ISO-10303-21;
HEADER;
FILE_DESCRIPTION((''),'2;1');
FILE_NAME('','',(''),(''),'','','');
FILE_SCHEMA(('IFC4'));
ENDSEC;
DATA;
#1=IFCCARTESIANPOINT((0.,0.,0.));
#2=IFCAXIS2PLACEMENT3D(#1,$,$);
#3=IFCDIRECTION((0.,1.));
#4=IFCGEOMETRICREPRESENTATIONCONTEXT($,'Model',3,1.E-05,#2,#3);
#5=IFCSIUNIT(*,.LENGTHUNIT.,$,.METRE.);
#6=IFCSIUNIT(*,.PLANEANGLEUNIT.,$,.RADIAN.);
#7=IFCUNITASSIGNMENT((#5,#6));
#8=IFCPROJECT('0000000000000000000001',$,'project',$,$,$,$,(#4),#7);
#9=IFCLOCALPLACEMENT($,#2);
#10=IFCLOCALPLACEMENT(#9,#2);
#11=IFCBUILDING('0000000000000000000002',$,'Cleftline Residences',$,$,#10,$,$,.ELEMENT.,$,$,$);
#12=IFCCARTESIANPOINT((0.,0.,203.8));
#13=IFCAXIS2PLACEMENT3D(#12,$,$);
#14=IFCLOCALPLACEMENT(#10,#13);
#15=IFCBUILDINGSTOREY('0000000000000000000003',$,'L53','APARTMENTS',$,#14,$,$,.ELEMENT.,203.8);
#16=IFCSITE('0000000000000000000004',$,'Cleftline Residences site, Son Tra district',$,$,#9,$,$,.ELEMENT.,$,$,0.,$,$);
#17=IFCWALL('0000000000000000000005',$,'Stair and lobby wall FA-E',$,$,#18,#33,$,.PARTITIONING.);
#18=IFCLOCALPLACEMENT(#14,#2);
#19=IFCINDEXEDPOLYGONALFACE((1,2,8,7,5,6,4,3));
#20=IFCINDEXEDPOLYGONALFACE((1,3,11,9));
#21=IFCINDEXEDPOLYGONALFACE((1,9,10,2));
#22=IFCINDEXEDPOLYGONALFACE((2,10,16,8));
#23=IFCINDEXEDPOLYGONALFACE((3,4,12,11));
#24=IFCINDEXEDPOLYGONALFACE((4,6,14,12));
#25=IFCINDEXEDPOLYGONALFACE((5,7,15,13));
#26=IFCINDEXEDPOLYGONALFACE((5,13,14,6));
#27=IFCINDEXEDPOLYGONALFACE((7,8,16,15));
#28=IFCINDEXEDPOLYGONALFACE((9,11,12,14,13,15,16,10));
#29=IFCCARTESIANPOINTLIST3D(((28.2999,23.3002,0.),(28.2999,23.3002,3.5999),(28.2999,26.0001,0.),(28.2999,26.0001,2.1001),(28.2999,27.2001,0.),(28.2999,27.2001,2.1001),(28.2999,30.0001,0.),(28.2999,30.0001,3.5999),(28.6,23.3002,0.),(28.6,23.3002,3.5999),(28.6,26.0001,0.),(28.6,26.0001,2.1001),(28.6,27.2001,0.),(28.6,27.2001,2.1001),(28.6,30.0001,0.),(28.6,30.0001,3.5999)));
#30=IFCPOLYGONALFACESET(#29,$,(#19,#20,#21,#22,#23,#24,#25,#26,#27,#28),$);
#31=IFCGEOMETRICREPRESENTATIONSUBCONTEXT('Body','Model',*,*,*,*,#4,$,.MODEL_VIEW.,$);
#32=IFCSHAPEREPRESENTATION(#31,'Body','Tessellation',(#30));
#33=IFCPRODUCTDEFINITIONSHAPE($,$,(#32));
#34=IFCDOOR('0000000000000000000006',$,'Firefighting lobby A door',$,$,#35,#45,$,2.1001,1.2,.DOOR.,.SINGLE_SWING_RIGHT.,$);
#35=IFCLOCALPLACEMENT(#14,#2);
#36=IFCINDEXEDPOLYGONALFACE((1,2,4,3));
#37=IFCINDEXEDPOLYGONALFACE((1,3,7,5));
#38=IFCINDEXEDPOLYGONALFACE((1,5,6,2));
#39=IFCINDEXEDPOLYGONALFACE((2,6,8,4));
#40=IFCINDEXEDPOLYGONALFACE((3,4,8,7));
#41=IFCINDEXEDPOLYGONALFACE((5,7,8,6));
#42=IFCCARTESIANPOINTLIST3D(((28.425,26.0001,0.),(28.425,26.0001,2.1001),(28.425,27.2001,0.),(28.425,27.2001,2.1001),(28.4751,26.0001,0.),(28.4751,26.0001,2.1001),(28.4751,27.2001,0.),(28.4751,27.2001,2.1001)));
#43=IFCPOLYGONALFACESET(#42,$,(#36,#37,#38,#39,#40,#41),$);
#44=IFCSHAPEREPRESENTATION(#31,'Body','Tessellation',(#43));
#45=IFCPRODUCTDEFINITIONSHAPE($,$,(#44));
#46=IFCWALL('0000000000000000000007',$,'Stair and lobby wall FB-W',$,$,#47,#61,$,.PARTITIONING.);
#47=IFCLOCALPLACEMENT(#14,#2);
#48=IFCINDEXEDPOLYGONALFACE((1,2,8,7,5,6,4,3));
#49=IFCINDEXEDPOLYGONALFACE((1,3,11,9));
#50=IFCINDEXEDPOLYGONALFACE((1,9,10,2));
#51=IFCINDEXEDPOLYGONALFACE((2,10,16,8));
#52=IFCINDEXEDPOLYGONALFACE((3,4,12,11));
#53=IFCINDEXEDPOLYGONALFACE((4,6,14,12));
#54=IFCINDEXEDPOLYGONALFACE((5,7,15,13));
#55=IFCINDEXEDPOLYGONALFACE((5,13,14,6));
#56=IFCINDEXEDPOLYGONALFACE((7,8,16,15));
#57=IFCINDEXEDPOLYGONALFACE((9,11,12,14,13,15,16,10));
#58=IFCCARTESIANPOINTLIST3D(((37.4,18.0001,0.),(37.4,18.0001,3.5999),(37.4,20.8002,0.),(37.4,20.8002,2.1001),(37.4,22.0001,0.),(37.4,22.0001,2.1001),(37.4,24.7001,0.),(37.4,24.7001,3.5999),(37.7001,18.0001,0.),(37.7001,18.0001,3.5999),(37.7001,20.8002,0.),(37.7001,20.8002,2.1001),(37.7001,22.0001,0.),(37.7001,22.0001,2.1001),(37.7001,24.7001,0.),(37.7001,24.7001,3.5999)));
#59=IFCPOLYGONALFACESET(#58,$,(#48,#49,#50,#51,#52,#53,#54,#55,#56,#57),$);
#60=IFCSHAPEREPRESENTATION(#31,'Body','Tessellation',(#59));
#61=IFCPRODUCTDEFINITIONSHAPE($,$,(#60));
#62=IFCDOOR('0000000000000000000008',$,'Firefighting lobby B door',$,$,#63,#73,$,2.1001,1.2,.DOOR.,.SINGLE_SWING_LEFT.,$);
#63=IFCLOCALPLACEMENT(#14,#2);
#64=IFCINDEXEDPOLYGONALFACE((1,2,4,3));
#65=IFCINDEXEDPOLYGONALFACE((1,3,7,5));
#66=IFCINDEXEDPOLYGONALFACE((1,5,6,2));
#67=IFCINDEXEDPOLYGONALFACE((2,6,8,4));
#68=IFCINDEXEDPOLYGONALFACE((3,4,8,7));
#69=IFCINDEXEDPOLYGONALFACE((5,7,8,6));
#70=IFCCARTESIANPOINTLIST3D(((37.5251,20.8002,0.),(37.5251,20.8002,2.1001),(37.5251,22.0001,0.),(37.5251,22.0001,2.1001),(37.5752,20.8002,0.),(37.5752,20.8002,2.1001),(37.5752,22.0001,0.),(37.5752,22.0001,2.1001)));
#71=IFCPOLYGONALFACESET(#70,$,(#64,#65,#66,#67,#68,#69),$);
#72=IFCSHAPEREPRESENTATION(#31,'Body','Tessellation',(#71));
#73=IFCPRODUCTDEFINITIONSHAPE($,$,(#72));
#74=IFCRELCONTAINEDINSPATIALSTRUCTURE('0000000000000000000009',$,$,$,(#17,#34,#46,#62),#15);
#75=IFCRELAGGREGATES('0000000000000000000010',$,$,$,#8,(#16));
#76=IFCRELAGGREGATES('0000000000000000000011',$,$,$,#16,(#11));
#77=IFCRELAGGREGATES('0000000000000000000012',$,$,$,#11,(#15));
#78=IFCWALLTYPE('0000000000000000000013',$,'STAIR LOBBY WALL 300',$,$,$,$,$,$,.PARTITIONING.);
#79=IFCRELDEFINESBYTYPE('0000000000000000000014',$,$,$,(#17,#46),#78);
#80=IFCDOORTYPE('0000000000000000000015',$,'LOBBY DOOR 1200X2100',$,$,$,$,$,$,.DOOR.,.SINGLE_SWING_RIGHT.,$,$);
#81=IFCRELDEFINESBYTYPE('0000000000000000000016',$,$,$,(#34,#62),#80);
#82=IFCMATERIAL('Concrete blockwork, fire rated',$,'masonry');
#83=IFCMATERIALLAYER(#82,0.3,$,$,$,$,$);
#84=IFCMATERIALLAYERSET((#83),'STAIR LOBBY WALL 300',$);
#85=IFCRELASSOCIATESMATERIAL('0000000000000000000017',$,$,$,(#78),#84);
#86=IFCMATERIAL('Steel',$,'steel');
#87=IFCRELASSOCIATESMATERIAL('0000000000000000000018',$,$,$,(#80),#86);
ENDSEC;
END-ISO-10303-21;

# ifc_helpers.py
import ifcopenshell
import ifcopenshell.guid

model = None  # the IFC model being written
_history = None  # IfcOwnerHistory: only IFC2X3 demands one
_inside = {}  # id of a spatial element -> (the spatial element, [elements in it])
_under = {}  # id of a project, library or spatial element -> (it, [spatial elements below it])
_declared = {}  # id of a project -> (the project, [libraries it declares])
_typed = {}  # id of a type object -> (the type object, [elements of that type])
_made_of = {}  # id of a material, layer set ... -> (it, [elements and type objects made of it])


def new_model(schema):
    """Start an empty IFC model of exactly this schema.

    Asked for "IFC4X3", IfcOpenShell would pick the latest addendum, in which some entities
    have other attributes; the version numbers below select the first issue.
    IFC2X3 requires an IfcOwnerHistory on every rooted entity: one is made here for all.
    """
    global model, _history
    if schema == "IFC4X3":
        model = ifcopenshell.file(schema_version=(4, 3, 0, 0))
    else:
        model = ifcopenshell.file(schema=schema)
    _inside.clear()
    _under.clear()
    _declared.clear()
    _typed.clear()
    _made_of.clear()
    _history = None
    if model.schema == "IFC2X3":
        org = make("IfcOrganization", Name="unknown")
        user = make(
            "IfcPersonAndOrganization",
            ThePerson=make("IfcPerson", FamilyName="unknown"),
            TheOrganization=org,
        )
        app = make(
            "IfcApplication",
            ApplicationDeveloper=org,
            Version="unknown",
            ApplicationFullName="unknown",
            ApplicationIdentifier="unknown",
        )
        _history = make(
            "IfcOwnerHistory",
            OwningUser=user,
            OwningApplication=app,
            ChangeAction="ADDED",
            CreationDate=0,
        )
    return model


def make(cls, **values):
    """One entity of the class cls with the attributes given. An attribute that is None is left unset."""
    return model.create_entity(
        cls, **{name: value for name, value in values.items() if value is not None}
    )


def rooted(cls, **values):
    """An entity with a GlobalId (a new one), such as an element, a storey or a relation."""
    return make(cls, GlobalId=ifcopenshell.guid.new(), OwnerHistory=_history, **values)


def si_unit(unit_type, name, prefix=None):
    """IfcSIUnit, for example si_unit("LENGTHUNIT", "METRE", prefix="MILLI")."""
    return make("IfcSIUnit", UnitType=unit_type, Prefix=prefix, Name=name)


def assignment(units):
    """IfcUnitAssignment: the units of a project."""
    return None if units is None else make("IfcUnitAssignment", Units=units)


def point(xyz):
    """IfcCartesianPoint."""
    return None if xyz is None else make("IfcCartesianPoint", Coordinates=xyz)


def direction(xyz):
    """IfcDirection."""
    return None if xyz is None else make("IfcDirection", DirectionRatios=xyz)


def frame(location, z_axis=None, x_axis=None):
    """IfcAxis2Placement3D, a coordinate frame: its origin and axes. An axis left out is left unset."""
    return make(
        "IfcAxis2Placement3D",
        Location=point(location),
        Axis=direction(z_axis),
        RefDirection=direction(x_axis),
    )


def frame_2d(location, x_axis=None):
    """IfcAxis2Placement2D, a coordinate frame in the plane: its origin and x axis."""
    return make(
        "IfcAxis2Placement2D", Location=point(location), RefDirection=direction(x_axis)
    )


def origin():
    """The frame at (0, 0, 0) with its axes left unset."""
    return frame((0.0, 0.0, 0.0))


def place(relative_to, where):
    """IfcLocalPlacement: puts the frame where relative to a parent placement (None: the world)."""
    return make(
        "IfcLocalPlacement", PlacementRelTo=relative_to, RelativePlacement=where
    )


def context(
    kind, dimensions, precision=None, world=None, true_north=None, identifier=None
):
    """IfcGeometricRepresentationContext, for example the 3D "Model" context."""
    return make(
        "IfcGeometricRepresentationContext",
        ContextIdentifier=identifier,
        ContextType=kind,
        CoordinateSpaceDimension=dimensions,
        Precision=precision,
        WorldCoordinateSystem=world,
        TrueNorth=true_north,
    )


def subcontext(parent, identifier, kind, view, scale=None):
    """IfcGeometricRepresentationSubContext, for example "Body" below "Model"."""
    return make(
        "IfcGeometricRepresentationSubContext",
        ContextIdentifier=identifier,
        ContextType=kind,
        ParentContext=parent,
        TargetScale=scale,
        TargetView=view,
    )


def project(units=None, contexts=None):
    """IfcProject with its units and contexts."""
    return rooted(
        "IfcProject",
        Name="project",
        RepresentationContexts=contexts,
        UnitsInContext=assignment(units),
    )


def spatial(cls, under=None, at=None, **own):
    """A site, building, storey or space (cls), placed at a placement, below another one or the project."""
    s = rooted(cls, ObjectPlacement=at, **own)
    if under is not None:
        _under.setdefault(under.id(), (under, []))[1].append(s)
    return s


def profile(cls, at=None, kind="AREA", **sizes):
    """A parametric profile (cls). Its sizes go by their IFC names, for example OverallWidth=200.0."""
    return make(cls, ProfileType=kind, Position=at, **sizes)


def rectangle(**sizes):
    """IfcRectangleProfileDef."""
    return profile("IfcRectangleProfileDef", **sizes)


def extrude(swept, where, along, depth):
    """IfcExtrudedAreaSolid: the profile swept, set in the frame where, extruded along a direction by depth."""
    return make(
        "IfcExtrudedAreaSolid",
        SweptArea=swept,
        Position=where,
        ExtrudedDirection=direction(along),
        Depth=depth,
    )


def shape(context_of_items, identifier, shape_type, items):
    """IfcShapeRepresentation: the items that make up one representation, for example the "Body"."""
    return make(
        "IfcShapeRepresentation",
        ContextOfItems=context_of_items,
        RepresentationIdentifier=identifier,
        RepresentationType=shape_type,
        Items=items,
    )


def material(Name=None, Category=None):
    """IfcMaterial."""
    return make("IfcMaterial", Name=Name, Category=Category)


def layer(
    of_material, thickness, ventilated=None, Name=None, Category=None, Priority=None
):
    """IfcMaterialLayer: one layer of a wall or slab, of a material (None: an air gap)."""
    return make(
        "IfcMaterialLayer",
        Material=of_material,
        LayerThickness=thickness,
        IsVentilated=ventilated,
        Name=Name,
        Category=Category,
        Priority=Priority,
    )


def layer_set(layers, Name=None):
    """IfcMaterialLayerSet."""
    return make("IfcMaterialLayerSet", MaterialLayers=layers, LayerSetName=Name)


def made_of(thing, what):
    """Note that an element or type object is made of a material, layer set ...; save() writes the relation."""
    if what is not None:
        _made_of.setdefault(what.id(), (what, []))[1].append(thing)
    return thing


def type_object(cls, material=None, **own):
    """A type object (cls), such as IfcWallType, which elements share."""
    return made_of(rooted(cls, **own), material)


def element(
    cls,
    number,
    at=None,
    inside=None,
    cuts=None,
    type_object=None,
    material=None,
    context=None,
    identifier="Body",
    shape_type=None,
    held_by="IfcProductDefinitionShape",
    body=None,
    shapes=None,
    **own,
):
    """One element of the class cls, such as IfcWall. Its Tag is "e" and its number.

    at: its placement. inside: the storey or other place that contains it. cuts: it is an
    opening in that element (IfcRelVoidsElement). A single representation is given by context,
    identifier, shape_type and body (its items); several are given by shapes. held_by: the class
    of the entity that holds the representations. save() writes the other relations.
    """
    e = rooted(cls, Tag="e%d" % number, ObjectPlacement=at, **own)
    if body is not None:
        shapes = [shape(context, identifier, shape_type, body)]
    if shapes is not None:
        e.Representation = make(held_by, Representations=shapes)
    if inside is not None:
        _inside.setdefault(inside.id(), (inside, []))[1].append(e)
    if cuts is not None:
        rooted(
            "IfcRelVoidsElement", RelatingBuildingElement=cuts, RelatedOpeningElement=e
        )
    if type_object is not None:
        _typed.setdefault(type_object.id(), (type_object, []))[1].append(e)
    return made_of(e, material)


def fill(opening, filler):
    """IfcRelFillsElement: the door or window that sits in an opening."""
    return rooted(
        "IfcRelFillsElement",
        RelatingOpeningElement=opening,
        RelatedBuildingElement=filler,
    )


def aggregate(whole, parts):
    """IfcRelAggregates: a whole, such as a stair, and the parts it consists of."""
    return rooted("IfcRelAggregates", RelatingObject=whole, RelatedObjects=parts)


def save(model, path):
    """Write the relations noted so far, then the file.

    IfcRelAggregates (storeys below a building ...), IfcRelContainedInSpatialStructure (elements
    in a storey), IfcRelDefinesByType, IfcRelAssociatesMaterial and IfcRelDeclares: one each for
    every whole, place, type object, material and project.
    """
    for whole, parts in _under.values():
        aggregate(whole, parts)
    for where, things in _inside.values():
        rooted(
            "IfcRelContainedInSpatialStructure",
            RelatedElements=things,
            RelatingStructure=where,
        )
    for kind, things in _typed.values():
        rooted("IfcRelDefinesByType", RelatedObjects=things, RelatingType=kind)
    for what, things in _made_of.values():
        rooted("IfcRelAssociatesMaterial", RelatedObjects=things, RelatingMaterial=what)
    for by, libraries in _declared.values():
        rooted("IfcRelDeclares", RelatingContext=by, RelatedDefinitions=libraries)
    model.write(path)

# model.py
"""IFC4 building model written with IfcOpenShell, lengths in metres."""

from ifc_helpers import new_model, si_unit, direction, frame, frame_2d, origin, place, context, subcontext, project, spatial, rectangle, extrude, material, layer, layer_set, type_object, element, fill, save


model = new_model("IFC4")

# Units and contexts
model_context = context("Model", 3, precision=1e-05, world=origin(), true_north=direction((0.0, 1.0)))
body_context = subcontext(model_context, "Body", "Model", "MODEL_VIEW")
ifc_project = project(units=[si_unit("LENGTHUNIT", "METRE"), si_unit("PLANEANGLEUNIT", "RADIAN")], contexts=[model_context])

# Site, building, storey
site_placement = place(None, origin())
site = spatial("IfcSite", under=ifc_project, at=site_placement, Name="Cleftline Residences site, Son Tra district", CompositionType="ELEMENT", RefElevation=0.0)
building_placement = place(site_placement, origin())
building = spatial("IfcBuilding", under=site, at=building_placement, Name="Cleftline Residences", CompositionType="ELEMENT")
storey_placement = place(building_placement, frame((0.0, 0.0, 203.8)))
storey = spatial("IfcBuildingStorey", under=building, at=storey_placement, Name="L53", Description="APARTMENTS", CompositionType="ELEMENT", Elevation=203.8)

# Walls, openings, doors
ifc_material_1 = material(Name="Concrete blockwork, fire rated", Category="masonry")
ifc_layer_1 = layer(ifc_material_1, 0.3)
ifc_layer_set_1 = layer_set([ifc_layer_1], Name="STAIR LOBBY WALL 300")
wall_type_1 = type_object("IfcWallType", Name="STAIR LOBBY WALL 300", PredefinedType="PARTITIONING", material=ifc_layer_set_1)
wall_1_placement = place(storey_placement, frame((28.45, 23.3, 0.0), z_axis=(0.0, 0.0, 1.0), x_axis=(0.0, 1.0, 0.0)))
wall_1 = element("IfcWall", 1, at=wall_1_placement, inside=storey, type_object=wall_type_1, Name="Stair and lobby wall FA-E", PredefinedType="PARTITIONING", context=body_context, shape_type="SweptSolid", body=[
    extrude(rectangle(XDim=6.7, YDim=0.3, at=frame_2d((3.3501, 0.0))), origin(), (0.0, 0.0, 1.0), 3.5999),
])
opening_1_placement = place(wall_1_placement, frame((2.7, 0.0, 0.0)))
opening_1 = element("IfcOpeningElement", 2, at=opening_1_placement, cuts=wall_1, PredefinedType="OPENING", context=body_context, shape_type="SweptSolid", body=[
    extrude(rectangle(XDim=1.2, YDim=2.1001, at=frame_2d((0.6001, 1.05))), frame((0.0, 0.1599, 0.0), z_axis=(0.0, -1.0, 0.0), x_axis=(1.0, 0.0, 0.0)), (0.0, 0.0, 1.0), 0.3201),
])
ifc_material_2 = material(Name="Steel", Category="steel")
door_type_1 = type_object("IfcDoorType", Name="LOBBY DOOR 1200X2100", OperationType="SINGLE_SWING_RIGHT", PredefinedType="DOOR", material=ifc_material_2)
door_1_placement = place(opening_1_placement, origin())
door_1 = element("IfcDoor", 3, at=door_1_placement, inside=storey, type_object=door_type_1, Name="Firefighting lobby A door", OperationType="SINGLE_SWING_RIGHT", OverallHeight=2.1001, OverallWidth=1.2, PredefinedType="DOOR", context=body_context, shape_type="SweptSolid", body=[
    extrude(rectangle(XDim=1.2, YDim=2.1001, at=frame_2d((0.6001, 1.05))), frame((0.0, 0.0249, 0.0), z_axis=(0.0, -1.0, 0.0), x_axis=(1.0, 0.0, 0.0)), (0.0, 0.0, 1.0), 0.05),
])
fill(opening_1, door_1)
wall_2_placement = place(storey_placement, frame((37.55, 18.0, 0.0), z_axis=(0.0, 0.0, 1.0), x_axis=(0.0, 1.0, 0.0)))
wall_2 = element("IfcWall", 4, at=wall_2_placement, inside=storey, type_object=wall_type_1, Name="Stair and lobby wall FB-W", PredefinedType="PARTITIONING", context=body_context, shape_type="SweptSolid", body=[
    extrude(rectangle(XDim=6.7, YDim=0.3, at=frame_2d((3.3501, 0.0))), origin(), (0.0, 0.0, 1.0), 3.5999),
])
opening_2_placement = place(wall_2_placement, frame((2.8, 0.0, 0.0)))
opening_2 = element("IfcOpeningElement", 5, at=opening_2_placement, cuts=wall_2, PredefinedType="OPENING", context=body_context, shape_type="SweptSolid", body=[
    extrude(rectangle(XDim=1.2, YDim=2.1001, at=frame_2d((0.6001, 1.05))), frame((0.0, 0.1599, 0.0), z_axis=(0.0, -1.0, 0.0), x_axis=(1.0, 0.0, 0.0)), (0.0, 0.0, 1.0), 0.3201),
])
door_2_placement = place(opening_2_placement, origin())
door_2 = element("IfcDoor", 6, at=door_2_placement, inside=storey, type_object=door_type_1, Name="Firefighting lobby B door", OperationType="SINGLE_SWING_LEFT", OverallHeight=2.1001, OverallWidth=1.2, PredefinedType="DOOR", context=body_context, shape_type="SweptSolid", body=[
    extrude(rectangle(XDim=1.2, YDim=2.1001, at=frame_2d((0.6001, 1.05))), frame((0.0, 0.0249, 0.0), z_axis=(0.0, -1.0, 0.0), x_axis=(1.0, 0.0, 0.0)), (0.0, 0.0, 1.0), 0.05),
])
fill(opening_2, door_2)

save(model, "model.ifc")
